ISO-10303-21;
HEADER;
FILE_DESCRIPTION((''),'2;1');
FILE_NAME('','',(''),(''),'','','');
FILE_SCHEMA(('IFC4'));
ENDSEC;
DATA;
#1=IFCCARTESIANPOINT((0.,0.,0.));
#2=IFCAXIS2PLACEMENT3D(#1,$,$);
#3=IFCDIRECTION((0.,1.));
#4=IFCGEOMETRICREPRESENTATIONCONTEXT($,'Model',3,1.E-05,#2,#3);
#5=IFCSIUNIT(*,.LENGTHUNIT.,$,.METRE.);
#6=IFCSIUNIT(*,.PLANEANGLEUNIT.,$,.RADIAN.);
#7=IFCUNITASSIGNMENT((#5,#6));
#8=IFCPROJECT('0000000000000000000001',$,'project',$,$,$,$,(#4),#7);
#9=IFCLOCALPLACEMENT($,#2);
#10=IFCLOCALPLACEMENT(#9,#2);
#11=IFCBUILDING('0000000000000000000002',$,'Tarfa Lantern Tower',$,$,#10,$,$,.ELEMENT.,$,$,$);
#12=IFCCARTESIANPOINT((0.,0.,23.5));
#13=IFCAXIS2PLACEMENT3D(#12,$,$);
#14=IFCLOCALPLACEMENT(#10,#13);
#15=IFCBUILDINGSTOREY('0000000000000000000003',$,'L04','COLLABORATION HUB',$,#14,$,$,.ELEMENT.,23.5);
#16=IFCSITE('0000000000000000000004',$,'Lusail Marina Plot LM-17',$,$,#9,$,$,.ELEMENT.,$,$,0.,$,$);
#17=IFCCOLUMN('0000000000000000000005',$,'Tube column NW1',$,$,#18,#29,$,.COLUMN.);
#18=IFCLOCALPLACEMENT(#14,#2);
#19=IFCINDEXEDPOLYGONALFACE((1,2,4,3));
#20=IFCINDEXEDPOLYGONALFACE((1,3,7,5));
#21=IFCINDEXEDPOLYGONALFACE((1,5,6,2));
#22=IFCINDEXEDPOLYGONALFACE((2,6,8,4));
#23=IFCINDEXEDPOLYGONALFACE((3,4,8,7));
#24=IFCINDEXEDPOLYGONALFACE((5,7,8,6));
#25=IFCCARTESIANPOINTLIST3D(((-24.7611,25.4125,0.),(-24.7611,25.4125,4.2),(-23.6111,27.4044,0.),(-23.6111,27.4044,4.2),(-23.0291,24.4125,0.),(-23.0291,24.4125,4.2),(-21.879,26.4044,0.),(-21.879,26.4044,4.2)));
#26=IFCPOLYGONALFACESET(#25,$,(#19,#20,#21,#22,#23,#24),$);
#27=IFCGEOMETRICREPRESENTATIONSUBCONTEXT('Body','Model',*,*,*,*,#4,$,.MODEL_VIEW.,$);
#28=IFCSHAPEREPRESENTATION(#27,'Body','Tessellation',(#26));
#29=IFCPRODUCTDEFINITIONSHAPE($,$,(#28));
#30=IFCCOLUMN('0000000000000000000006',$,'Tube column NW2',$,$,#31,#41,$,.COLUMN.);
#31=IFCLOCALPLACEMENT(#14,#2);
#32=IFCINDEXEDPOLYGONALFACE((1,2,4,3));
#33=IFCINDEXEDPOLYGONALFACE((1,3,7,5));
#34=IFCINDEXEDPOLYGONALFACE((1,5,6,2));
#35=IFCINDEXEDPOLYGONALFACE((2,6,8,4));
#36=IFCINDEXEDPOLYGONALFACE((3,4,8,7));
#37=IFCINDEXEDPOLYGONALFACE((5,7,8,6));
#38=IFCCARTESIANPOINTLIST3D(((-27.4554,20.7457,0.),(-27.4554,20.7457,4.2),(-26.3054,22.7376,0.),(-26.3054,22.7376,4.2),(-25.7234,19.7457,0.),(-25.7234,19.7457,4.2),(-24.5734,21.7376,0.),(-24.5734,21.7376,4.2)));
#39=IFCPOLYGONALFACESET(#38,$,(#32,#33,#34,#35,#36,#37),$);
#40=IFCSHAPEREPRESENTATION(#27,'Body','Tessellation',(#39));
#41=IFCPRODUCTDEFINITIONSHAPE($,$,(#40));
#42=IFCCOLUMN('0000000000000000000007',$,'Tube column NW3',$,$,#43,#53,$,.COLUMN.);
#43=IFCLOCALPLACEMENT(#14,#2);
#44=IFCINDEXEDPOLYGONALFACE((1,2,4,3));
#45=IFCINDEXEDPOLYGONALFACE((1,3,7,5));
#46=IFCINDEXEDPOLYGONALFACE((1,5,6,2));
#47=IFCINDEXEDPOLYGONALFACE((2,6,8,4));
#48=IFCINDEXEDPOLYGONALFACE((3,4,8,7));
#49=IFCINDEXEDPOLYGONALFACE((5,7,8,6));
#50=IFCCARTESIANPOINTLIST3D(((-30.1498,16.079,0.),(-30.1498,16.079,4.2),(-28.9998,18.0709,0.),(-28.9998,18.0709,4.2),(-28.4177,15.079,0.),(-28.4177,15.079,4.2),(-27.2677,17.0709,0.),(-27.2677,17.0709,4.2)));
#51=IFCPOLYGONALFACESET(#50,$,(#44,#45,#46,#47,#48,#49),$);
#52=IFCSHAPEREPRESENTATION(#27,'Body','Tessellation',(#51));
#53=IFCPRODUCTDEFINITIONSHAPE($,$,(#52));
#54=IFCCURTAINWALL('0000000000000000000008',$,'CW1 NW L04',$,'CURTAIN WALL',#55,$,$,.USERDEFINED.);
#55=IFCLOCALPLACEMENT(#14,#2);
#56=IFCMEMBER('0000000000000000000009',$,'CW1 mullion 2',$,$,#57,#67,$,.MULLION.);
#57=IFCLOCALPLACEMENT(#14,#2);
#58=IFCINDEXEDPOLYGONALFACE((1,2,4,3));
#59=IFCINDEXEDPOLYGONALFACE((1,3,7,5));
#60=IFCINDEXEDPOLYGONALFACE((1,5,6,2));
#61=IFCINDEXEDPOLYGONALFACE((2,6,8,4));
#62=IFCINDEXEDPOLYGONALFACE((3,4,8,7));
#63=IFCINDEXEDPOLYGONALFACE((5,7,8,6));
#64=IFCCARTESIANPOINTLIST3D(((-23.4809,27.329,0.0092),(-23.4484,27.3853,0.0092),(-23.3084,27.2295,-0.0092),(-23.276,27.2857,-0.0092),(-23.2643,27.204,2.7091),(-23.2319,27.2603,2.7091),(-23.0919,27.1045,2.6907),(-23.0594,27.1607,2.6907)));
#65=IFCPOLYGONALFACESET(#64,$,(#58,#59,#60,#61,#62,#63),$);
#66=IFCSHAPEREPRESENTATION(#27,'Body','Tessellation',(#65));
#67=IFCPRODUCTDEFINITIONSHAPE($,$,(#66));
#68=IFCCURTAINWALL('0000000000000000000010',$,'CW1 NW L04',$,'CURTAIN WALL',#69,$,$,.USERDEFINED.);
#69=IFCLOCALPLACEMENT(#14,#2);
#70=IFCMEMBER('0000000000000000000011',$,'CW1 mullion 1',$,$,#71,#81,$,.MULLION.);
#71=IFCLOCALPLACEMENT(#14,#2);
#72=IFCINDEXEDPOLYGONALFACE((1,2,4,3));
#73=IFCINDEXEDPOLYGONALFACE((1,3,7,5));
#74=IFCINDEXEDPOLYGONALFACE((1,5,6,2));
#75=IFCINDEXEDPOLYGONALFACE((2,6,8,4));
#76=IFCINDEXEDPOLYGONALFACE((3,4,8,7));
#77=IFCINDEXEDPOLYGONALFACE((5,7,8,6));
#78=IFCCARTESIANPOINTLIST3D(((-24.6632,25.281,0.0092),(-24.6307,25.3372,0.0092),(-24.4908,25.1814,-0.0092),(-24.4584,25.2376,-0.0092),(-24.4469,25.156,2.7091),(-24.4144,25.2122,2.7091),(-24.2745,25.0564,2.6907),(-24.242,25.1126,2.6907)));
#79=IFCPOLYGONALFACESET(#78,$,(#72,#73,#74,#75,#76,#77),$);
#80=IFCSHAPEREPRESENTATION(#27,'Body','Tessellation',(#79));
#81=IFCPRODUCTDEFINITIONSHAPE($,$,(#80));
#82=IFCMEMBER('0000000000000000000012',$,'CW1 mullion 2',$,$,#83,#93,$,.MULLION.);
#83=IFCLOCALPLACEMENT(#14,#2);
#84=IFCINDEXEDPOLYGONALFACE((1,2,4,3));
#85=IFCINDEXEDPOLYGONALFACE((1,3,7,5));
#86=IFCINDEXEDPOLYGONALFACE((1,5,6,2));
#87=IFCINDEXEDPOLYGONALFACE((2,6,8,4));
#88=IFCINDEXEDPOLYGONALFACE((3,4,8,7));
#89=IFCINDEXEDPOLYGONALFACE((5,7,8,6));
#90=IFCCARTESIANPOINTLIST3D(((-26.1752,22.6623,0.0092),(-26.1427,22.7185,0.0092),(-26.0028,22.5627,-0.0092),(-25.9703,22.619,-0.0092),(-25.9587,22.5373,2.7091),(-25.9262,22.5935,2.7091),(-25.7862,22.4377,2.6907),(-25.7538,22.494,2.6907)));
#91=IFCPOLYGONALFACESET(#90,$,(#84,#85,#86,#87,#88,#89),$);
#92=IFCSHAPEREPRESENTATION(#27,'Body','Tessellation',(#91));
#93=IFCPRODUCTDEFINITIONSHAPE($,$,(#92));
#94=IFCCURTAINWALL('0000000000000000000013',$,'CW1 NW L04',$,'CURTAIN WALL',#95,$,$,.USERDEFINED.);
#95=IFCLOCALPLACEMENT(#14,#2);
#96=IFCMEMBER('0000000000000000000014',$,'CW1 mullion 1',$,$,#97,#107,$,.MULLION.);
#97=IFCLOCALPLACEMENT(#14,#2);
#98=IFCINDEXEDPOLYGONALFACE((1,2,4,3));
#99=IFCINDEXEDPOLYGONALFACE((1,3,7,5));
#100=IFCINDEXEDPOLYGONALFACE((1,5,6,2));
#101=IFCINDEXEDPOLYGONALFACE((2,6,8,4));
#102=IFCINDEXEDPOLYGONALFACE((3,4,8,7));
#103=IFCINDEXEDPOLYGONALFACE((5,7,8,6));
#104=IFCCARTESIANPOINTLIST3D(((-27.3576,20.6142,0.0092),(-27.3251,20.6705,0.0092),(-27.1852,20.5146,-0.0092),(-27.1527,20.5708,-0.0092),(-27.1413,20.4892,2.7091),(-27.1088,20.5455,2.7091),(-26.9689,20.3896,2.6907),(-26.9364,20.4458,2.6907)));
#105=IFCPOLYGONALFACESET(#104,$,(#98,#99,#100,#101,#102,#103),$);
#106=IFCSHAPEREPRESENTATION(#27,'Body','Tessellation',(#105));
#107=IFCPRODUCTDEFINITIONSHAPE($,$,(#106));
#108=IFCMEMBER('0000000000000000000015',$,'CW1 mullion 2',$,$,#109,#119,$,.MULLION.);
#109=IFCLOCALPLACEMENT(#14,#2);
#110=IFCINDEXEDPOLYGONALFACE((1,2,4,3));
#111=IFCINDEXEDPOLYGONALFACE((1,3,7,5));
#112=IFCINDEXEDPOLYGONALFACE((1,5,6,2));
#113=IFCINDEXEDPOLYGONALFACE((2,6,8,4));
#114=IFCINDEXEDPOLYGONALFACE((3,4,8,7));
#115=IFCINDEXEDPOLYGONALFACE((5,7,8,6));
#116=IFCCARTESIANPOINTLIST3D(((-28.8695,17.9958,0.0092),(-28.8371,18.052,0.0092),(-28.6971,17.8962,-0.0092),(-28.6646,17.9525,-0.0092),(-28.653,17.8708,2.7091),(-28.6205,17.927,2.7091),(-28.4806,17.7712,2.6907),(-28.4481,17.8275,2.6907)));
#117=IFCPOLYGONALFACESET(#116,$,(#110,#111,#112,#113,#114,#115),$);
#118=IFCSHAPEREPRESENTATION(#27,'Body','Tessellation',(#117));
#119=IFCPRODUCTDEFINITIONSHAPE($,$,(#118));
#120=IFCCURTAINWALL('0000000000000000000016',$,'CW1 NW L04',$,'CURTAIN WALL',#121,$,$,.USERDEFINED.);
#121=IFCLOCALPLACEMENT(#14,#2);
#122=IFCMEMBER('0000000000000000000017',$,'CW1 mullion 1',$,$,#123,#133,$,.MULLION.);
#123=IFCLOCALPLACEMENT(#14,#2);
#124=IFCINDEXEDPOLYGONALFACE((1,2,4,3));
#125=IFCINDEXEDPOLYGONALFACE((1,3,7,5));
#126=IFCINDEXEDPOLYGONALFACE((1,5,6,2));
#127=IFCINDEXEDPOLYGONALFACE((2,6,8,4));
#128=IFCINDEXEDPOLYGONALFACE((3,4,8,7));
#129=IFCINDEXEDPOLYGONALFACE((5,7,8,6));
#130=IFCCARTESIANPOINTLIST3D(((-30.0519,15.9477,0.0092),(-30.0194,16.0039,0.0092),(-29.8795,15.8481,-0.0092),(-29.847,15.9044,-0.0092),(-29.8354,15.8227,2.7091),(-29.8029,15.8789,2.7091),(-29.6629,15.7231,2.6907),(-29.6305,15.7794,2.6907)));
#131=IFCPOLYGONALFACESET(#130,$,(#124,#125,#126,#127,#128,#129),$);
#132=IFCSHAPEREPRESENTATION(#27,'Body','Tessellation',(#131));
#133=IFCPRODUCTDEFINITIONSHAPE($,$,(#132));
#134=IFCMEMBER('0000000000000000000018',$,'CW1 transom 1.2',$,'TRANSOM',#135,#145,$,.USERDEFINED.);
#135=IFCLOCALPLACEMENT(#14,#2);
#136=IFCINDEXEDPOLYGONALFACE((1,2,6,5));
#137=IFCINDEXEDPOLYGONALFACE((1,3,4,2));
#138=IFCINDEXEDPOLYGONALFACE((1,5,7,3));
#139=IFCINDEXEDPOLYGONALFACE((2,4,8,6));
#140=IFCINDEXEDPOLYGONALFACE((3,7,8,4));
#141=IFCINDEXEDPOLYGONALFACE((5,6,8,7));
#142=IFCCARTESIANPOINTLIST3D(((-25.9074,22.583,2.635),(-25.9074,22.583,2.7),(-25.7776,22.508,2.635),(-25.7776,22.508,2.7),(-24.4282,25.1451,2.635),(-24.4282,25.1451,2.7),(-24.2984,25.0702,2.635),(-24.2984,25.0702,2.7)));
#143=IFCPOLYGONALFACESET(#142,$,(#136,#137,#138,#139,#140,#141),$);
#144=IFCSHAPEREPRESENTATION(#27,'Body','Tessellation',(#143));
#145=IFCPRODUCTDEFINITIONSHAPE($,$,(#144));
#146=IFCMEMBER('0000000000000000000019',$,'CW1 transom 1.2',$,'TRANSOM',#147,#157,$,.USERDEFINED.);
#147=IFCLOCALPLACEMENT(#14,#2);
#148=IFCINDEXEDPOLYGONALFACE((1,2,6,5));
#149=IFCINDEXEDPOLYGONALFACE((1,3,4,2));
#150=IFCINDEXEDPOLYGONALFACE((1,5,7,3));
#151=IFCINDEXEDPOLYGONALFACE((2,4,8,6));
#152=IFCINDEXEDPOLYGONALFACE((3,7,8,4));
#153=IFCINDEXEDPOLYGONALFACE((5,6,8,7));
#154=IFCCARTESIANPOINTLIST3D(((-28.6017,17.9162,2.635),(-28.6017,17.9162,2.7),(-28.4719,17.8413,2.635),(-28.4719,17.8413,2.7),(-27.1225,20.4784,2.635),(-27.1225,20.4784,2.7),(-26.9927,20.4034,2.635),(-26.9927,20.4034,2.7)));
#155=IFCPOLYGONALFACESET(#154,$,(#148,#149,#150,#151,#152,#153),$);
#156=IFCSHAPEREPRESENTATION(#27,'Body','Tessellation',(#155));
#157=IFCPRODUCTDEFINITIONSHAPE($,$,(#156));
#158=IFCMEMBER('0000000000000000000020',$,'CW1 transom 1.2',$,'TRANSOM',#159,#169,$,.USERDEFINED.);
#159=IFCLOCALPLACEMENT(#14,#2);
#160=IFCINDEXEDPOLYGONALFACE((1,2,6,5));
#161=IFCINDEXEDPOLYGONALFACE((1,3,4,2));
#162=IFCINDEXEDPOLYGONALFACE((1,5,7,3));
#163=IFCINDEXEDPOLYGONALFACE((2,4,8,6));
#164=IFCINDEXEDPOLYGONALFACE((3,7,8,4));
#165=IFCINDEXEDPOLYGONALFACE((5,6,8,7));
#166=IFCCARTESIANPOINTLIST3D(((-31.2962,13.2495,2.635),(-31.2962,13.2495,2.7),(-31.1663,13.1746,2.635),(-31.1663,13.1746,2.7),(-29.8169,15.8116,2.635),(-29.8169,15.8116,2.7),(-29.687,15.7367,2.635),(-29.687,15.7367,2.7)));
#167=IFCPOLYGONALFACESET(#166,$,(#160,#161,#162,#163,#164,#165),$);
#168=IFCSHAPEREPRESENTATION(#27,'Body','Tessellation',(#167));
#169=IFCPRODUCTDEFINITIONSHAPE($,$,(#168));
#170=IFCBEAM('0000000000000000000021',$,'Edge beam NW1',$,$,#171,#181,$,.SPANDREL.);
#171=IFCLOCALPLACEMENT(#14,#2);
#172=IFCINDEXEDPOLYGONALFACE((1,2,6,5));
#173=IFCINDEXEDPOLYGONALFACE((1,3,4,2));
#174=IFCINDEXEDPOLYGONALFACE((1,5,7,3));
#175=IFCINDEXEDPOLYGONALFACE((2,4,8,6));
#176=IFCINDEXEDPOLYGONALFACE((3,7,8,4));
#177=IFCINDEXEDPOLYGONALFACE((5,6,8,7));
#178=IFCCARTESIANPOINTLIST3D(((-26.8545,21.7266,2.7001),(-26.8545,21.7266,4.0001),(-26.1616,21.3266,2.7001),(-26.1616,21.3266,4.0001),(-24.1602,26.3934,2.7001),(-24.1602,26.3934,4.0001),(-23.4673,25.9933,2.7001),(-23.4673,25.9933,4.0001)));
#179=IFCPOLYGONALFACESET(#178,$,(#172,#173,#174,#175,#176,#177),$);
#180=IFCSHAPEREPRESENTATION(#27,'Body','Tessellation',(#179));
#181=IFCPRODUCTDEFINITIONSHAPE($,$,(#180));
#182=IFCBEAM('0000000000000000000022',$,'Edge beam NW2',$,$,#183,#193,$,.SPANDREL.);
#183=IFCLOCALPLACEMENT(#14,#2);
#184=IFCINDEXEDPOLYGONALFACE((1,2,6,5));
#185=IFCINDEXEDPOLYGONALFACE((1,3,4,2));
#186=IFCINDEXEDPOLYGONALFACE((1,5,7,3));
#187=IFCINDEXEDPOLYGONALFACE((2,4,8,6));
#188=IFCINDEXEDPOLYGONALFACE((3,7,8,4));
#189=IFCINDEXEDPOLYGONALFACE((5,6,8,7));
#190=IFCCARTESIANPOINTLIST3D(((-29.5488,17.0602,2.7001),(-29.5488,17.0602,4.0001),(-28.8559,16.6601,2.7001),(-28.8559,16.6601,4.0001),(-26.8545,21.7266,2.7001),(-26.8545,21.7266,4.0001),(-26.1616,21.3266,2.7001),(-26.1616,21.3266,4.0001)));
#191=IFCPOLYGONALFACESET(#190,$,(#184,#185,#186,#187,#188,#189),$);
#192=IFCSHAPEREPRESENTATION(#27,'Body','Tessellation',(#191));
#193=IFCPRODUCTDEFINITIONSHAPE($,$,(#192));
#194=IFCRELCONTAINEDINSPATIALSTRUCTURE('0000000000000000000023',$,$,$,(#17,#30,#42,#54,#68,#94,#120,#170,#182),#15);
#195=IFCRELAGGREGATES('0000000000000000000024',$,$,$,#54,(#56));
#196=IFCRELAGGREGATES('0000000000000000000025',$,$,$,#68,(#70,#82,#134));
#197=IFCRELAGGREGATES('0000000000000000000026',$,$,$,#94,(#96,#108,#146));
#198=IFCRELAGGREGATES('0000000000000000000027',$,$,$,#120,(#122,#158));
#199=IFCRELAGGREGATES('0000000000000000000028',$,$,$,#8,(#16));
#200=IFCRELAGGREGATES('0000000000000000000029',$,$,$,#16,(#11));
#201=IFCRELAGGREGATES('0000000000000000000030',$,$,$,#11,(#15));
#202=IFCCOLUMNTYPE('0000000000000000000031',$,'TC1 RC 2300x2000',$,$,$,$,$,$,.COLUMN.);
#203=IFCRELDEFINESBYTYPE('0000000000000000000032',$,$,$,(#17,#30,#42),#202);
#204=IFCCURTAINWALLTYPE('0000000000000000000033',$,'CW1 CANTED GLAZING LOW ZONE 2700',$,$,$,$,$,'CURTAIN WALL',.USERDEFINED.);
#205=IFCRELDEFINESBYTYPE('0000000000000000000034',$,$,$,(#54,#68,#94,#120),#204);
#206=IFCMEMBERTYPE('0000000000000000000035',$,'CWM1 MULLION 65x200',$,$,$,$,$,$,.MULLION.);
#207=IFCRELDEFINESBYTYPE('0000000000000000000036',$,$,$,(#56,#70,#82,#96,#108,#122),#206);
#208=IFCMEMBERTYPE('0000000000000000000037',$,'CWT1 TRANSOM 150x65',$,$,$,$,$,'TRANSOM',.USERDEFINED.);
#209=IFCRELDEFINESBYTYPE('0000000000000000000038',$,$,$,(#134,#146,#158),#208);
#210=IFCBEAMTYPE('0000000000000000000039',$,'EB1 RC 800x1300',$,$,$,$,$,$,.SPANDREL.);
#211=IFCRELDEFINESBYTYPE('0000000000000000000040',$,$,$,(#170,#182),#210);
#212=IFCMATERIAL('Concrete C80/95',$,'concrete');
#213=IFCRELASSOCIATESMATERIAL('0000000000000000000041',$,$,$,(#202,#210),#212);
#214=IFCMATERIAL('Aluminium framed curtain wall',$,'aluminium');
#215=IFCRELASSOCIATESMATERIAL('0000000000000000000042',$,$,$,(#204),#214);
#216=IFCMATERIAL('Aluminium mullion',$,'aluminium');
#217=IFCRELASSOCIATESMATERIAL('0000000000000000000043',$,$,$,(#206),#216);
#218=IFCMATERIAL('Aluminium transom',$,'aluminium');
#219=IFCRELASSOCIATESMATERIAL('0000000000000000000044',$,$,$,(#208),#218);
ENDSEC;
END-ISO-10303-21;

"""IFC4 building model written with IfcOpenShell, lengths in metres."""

from ifc_helpers import new_model, si_unit, direction, frame, origin, origin_2d, place, context, subcontext, project, spatial, rectangle, extrude, material, material_profile, profile_set, type_object, element, aggregate, save


model = new_model("IFC4")

# Units and contexts
model_context = context("Model", 3, precision=1e-05, world=origin(), true_north=direction((0.0, 1.0)))
body_context = subcontext(model_context, "Body", "Model", "MODEL_VIEW")
ifc_project = project(units=[si_unit("LENGTHUNIT", "METRE"), si_unit("PLANEANGLEUNIT", "RADIAN")], contexts=[model_context])

# Site, building, storey
site_placement = place(None, origin())
site = spatial("IfcSite", under=ifc_project, at=site_placement, Name="Lusail Marina Plot LM-17", CompositionType="ELEMENT", RefElevation=0.0)
building_placement = place(site_placement, origin())
building = spatial("IfcBuilding", under=site, at=building_placement, Name="Tarfa Lantern Tower", CompositionType="ELEMENT")
storey_placement = place(building_placement, frame((0.0, 0.0, 23.5)))
storey = spatial("IfcBuildingStorey", under=building, at=storey_placement, Name="L04", Description="COLLABORATION HUB", CompositionType="ELEMENT", Elevation=23.5)

# Columns
ifc_material_1 = material(Name="Concrete C80/95", Category="concrete")
ifc_material_profile_1 = material_profile(ifc_material_1, rectangle(XDim=2.3, YDim=2.0, at=origin_2d()), Name="RC 2300x2000")
ifc_profile_set_1 = profile_set([ifc_material_profile_1], Name="Concrete C80/95")
column_type = type_object("IfcColumnType", Name="TC1 RC 2300x2000", PredefinedType="COLUMN", material=ifc_profile_set_1)
for number, where, z_axis, x_axis, name in (
    (1, (-23.3201, 25.9084, 0.0), (0.0, 0.0, 1.0), (-0.5, -0.866025, 0.0), "Tube column NW1"),
    (2, (-26.0144, 21.2417, 0.0), (0.0, 0.0, 1.0), (-0.5, -0.866025, 0.0), "Tube column NW2"),
    (3, (-28.7087, 16.575, 0.0), (0.0, 0.0, 1.0), (-0.5, -0.866025, 0.0), "Tube column NW3"),
):
    element("IfcColumn", number, at=place(storey_placement, frame(where, z_axis=z_axis, x_axis=x_axis)), inside=storey, type_object=column_type, Name=name, PredefinedType="COLUMN", context=body_context, shape_type="SweptSolid", body=[
        extrude(rectangle(XDim=2.3, YDim=2.0, at=origin_2d()), origin(), (0.0, 0.0, 1.0), 4.2),
    ])

# Curtain wall, member
ifc_material_2 = material(Name="Aluminium framed curtain wall", Category="aluminium")
curtain_wall_type = type_object("IfcCurtainWallType", Name="CW1 CANTED GLAZING LOW ZONE 2700", ElementType="CURTAIN WALL", PredefinedType="USERDEFINED", material=ifc_material_2)
curtain_wall_1_placement = place(storey_placement, origin())
curtain_wall_1 = element("IfcCurtainWall", 4, at=curtain_wall_1_placement, inside=storey, type_object=curtain_wall_type, Name="CW1 NW L04", ObjectType="CURTAIN WALL", PredefinedType="USERDEFINED")
ifc_material_3 = material(Name="Aluminium mullion", Category="aluminium")
ifc_material_profile_2 = material_profile(ifc_material_3, rectangle(XDim=0.0649, YDim=0.2, at=origin_2d()), Name="AL MULLION 65x200")
ifc_profile_set_2 = profile_set([ifc_material_profile_2], Name="Aluminium mullion")
member_type_1 = type_object("IfcMemberType", Name="CWM1 MULLION 65x200", PredefinedType="MULLION", material=ifc_profile_set_2)
member_1_placement = place(storey_placement, frame((-23.3784, 27.3074, 0.0), z_axis=(0.079864, -0.0461, 0.995739), x_axis=(0.49992, 0.866072, 0.0)))
member_1 = element("IfcMember", 5, at=member_1_placement, type_object=member_type_1, Name="CW1 mullion 2", PredefinedType="MULLION", context=body_context, shape_type="SweptSolid", body=[
    extrude(rectangle(XDim=0.0649, YDim=0.2, at=origin_2d()), origin(), (0.0, 0.0, 1.0), 2.7114),
])
aggregate(curtain_wall_1, [member_1])

# Curtain walls, members
curtain_wall_2_placement = place(storey_placement, origin())
curtain_wall_2 = element("IfcCurtainWall", 6, at=curtain_wall_2_placement, inside=storey, type_object=curtain_wall_type, Name="CW1 NW L04", ObjectType="CURTAIN WALL", PredefinedType="USERDEFINED")
member_2_placement = place(storey_placement, frame((-24.5608, 25.2593, 0.0), z_axis=(0.079775, -0.0461, 0.995746), x_axis=(0.500343, 0.865827, 0.0)))
member_2 = element("IfcMember", 7, at=member_2_placement, type_object=member_type_1, Name="CW1 mullion 1", PredefinedType="MULLION", context=body_context, shape_type="SweptSolid", body=[
    extrude(rectangle(XDim=0.0649, YDim=0.2, at=origin_2d()), origin(), (0.0, 0.0, 1.0), 2.7114),
])
member_3_placement = place(storey_placement, frame((-26.0728, 22.6406, 0.0), z_axis=(0.079864, -0.0461, 0.995739), x_axis=(0.49992, 0.866072, 0.0)))
member_3 = element("IfcMember", 8, at=member_3_placement, type_object=member_type_1, Name="CW1 mullion 2", PredefinedType="MULLION", context=body_context, shape_type="SweptSolid", body=[
    extrude(rectangle(XDim=0.0649, YDim=0.2, at=origin_2d()), origin(), (0.0, 0.0, 1.0), 2.7114),
])
curtain_wall_3_placement = place(storey_placement, origin())
curtain_wall_3 = element("IfcCurtainWall", 9, at=curtain_wall_3_placement, inside=storey, type_object=curtain_wall_type, Name="CW1 NW L04", ObjectType="CURTAIN WALL", PredefinedType="USERDEFINED")
member_4_placement = place(storey_placement, frame((-27.2551, 20.5925, 0.0), z_axis=(0.079775, -0.0461, 0.995746), x_axis=(0.500343, 0.865827, 0.0)))
member_4 = element("IfcMember", 10, at=member_4_placement, type_object=member_type_1, Name="CW1 mullion 1", PredefinedType="MULLION", context=body_context, shape_type="SweptSolid", body=[
    extrude(rectangle(XDim=0.0649, YDim=0.2, at=origin_2d()), origin(), (0.0, 0.0, 1.0), 2.7114),
])
member_5_placement = place(storey_placement, frame((-28.7671, 17.9741, 0.0), z_axis=(0.079864, -0.0461, 0.995739), x_axis=(0.49992, 0.866072, 0.0)))
member_5 = element("IfcMember", 11, at=member_5_placement, type_object=member_type_1, Name="CW1 mullion 2", PredefinedType="MULLION", context=body_context, shape_type="SweptSolid", body=[
    extrude(rectangle(XDim=0.0649, YDim=0.2, at=origin_2d()), origin(), (0.0, 0.0, 1.0), 2.7114),
])

# Curtain wall, member
curtain_wall_4_placement = place(storey_placement, origin())
curtain_wall_4 = element("IfcCurtainWall", 12, at=curtain_wall_4_placement, inside=storey, type_object=curtain_wall_type, Name="CW1 NW L04", ObjectType="CURTAIN WALL", PredefinedType="USERDEFINED")
member_6_placement = place(storey_placement, frame((-29.9495, 15.926, 0.0), z_axis=(0.079864, -0.0461, 0.995739), x_axis=(0.49992, 0.866072, 0.0)))
member_6 = element("IfcMember", 13, at=member_6_placement, type_object=member_type_1, Name="CW1 mullion 1", PredefinedType="MULLION", context=body_context, shape_type="SweptSolid", body=[
    extrude(rectangle(XDim=0.0649, YDim=0.2, at=origin_2d()), origin(), (0.0, 0.0, 1.0), 2.7114),
])

# Members
ifc_material_4 = material(Name="Aluminium transom", Category="aluminium")
ifc_material_profile_3 = material_profile(ifc_material_4, rectangle(XDim=0.1499, YDim=0.0649, at=origin_2d()), Name="AL TRANSOM 150x65")
ifc_profile_set_3 = profile_set([ifc_material_profile_3], Name="Aluminium transom")
member_type_2 = type_object("IfcMemberType", Name="CWT1 TRANSOM 150x65", ElementType="TRANSOM", PredefinedType="USERDEFINED", material=ifc_profile_set_3)
member_7_placement = place(storey_placement, frame((-24.3633, 25.1077, 2.6675), z_axis=(-0.499982, -0.866036, 0.0), x_axis=(0.866036, -0.499982, 0.0)))
member_7 = element("IfcMember", 14, at=member_7_placement, type_object=member_type_2, Name="CW1 transom 1.2", ObjectType="TRANSOM", PredefinedType="USERDEFINED", context=body_context, shape_type="SweptSolid", body=[
    extrude(rectangle(XDim=0.1499, YDim=0.0649, at=origin_2d()), origin(), (0.0, 0.0, 1.0), 2.9585),
])
member_8_placement = place(storey_placement, frame((-27.0576, 20.4409, 2.6675), z_axis=(-0.499982, -0.866036, 0.0), x_axis=(0.866036, -0.499982, 0.0)))
member_8 = element("IfcMember", 15, at=member_8_placement, type_object=member_type_2, Name="CW1 transom 1.2", ObjectType="TRANSOM", PredefinedType="USERDEFINED", context=body_context, shape_type="SweptSolid", body=[
    extrude(rectangle(XDim=0.1499, YDim=0.0649, at=origin_2d()), origin(), (0.0, 0.0, 1.0), 2.9585),
])
member_9_placement = place(storey_placement, frame((-29.752, 15.7742, 2.6675), z_axis=(-0.500018, -0.866015, 0.0), x_axis=(0.866015, -0.500018, 0.0)))
member_9 = element("IfcMember", 16, at=member_9_placement, type_object=member_type_2, Name="CW1 transom 1.2", ObjectType="TRANSOM", PredefinedType="USERDEFINED", context=body_context, shape_type="SweptSolid", body=[
    extrude(rectangle(XDim=0.1499, YDim=0.0649, at=origin_2d()), origin(), (0.0, 0.0, 1.0), 2.9585),
])

# Beams
ifc_material_profile_4 = material_profile(ifc_material_1, rectangle(XDim=0.8, YDim=1.3, at=origin_2d()), Name="RC 800x1300")
ifc_profile_set_4 = profile_set([ifc_material_profile_4], Name="Concrete C80/95")
beam_type_1 = type_object("IfcBeamType", Name="EB1 RC 800x1300", PredefinedType="SPANDREL", material=ifc_profile_set_4)
beam_1_placement = place(storey_placement, frame((-23.8137, 26.1934, 3.3501), z_axis=(-0.499998, -0.866026, 0.0), x_axis=(0.866026, -0.499998, 0.0)))
element("IfcBeam", 17, at=beam_1_placement, inside=storey, type_object=beam_type_1, Name="Edge beam NW1", PredefinedType="SPANDREL", context=body_context, shape_type="SweptSolid", body=[
    extrude(rectangle(XDim=0.8, YDim=1.3, at=origin_2d()), origin(), (0.0, 0.0, 1.0), 5.3887),
])
beam_2_placement = place(storey_placement, frame((-26.5081, 21.5266, 3.3501), z_axis=(-0.500018, -0.866015, 0.0), x_axis=(0.866015, -0.500018, 0.0)))
element("IfcBeam", 18, at=beam_2_placement, inside=storey, type_object=beam_type_1, Name="Edge beam NW2", PredefinedType="SPANDREL", context=body_context, shape_type="SweptSolid", body=[
    extrude(rectangle(XDim=0.8, YDim=1.3, at=origin_2d()), origin(), (0.0, 0.0, 1.0), 5.3884),
])

aggregate(curtain_wall_2, [member_2, member_3, member_7])
aggregate(curtain_wall_3, [member_4, member_5, member_8])
aggregate(curtain_wall_4, [member_6, member_9])

save(model, "model.ifc")
